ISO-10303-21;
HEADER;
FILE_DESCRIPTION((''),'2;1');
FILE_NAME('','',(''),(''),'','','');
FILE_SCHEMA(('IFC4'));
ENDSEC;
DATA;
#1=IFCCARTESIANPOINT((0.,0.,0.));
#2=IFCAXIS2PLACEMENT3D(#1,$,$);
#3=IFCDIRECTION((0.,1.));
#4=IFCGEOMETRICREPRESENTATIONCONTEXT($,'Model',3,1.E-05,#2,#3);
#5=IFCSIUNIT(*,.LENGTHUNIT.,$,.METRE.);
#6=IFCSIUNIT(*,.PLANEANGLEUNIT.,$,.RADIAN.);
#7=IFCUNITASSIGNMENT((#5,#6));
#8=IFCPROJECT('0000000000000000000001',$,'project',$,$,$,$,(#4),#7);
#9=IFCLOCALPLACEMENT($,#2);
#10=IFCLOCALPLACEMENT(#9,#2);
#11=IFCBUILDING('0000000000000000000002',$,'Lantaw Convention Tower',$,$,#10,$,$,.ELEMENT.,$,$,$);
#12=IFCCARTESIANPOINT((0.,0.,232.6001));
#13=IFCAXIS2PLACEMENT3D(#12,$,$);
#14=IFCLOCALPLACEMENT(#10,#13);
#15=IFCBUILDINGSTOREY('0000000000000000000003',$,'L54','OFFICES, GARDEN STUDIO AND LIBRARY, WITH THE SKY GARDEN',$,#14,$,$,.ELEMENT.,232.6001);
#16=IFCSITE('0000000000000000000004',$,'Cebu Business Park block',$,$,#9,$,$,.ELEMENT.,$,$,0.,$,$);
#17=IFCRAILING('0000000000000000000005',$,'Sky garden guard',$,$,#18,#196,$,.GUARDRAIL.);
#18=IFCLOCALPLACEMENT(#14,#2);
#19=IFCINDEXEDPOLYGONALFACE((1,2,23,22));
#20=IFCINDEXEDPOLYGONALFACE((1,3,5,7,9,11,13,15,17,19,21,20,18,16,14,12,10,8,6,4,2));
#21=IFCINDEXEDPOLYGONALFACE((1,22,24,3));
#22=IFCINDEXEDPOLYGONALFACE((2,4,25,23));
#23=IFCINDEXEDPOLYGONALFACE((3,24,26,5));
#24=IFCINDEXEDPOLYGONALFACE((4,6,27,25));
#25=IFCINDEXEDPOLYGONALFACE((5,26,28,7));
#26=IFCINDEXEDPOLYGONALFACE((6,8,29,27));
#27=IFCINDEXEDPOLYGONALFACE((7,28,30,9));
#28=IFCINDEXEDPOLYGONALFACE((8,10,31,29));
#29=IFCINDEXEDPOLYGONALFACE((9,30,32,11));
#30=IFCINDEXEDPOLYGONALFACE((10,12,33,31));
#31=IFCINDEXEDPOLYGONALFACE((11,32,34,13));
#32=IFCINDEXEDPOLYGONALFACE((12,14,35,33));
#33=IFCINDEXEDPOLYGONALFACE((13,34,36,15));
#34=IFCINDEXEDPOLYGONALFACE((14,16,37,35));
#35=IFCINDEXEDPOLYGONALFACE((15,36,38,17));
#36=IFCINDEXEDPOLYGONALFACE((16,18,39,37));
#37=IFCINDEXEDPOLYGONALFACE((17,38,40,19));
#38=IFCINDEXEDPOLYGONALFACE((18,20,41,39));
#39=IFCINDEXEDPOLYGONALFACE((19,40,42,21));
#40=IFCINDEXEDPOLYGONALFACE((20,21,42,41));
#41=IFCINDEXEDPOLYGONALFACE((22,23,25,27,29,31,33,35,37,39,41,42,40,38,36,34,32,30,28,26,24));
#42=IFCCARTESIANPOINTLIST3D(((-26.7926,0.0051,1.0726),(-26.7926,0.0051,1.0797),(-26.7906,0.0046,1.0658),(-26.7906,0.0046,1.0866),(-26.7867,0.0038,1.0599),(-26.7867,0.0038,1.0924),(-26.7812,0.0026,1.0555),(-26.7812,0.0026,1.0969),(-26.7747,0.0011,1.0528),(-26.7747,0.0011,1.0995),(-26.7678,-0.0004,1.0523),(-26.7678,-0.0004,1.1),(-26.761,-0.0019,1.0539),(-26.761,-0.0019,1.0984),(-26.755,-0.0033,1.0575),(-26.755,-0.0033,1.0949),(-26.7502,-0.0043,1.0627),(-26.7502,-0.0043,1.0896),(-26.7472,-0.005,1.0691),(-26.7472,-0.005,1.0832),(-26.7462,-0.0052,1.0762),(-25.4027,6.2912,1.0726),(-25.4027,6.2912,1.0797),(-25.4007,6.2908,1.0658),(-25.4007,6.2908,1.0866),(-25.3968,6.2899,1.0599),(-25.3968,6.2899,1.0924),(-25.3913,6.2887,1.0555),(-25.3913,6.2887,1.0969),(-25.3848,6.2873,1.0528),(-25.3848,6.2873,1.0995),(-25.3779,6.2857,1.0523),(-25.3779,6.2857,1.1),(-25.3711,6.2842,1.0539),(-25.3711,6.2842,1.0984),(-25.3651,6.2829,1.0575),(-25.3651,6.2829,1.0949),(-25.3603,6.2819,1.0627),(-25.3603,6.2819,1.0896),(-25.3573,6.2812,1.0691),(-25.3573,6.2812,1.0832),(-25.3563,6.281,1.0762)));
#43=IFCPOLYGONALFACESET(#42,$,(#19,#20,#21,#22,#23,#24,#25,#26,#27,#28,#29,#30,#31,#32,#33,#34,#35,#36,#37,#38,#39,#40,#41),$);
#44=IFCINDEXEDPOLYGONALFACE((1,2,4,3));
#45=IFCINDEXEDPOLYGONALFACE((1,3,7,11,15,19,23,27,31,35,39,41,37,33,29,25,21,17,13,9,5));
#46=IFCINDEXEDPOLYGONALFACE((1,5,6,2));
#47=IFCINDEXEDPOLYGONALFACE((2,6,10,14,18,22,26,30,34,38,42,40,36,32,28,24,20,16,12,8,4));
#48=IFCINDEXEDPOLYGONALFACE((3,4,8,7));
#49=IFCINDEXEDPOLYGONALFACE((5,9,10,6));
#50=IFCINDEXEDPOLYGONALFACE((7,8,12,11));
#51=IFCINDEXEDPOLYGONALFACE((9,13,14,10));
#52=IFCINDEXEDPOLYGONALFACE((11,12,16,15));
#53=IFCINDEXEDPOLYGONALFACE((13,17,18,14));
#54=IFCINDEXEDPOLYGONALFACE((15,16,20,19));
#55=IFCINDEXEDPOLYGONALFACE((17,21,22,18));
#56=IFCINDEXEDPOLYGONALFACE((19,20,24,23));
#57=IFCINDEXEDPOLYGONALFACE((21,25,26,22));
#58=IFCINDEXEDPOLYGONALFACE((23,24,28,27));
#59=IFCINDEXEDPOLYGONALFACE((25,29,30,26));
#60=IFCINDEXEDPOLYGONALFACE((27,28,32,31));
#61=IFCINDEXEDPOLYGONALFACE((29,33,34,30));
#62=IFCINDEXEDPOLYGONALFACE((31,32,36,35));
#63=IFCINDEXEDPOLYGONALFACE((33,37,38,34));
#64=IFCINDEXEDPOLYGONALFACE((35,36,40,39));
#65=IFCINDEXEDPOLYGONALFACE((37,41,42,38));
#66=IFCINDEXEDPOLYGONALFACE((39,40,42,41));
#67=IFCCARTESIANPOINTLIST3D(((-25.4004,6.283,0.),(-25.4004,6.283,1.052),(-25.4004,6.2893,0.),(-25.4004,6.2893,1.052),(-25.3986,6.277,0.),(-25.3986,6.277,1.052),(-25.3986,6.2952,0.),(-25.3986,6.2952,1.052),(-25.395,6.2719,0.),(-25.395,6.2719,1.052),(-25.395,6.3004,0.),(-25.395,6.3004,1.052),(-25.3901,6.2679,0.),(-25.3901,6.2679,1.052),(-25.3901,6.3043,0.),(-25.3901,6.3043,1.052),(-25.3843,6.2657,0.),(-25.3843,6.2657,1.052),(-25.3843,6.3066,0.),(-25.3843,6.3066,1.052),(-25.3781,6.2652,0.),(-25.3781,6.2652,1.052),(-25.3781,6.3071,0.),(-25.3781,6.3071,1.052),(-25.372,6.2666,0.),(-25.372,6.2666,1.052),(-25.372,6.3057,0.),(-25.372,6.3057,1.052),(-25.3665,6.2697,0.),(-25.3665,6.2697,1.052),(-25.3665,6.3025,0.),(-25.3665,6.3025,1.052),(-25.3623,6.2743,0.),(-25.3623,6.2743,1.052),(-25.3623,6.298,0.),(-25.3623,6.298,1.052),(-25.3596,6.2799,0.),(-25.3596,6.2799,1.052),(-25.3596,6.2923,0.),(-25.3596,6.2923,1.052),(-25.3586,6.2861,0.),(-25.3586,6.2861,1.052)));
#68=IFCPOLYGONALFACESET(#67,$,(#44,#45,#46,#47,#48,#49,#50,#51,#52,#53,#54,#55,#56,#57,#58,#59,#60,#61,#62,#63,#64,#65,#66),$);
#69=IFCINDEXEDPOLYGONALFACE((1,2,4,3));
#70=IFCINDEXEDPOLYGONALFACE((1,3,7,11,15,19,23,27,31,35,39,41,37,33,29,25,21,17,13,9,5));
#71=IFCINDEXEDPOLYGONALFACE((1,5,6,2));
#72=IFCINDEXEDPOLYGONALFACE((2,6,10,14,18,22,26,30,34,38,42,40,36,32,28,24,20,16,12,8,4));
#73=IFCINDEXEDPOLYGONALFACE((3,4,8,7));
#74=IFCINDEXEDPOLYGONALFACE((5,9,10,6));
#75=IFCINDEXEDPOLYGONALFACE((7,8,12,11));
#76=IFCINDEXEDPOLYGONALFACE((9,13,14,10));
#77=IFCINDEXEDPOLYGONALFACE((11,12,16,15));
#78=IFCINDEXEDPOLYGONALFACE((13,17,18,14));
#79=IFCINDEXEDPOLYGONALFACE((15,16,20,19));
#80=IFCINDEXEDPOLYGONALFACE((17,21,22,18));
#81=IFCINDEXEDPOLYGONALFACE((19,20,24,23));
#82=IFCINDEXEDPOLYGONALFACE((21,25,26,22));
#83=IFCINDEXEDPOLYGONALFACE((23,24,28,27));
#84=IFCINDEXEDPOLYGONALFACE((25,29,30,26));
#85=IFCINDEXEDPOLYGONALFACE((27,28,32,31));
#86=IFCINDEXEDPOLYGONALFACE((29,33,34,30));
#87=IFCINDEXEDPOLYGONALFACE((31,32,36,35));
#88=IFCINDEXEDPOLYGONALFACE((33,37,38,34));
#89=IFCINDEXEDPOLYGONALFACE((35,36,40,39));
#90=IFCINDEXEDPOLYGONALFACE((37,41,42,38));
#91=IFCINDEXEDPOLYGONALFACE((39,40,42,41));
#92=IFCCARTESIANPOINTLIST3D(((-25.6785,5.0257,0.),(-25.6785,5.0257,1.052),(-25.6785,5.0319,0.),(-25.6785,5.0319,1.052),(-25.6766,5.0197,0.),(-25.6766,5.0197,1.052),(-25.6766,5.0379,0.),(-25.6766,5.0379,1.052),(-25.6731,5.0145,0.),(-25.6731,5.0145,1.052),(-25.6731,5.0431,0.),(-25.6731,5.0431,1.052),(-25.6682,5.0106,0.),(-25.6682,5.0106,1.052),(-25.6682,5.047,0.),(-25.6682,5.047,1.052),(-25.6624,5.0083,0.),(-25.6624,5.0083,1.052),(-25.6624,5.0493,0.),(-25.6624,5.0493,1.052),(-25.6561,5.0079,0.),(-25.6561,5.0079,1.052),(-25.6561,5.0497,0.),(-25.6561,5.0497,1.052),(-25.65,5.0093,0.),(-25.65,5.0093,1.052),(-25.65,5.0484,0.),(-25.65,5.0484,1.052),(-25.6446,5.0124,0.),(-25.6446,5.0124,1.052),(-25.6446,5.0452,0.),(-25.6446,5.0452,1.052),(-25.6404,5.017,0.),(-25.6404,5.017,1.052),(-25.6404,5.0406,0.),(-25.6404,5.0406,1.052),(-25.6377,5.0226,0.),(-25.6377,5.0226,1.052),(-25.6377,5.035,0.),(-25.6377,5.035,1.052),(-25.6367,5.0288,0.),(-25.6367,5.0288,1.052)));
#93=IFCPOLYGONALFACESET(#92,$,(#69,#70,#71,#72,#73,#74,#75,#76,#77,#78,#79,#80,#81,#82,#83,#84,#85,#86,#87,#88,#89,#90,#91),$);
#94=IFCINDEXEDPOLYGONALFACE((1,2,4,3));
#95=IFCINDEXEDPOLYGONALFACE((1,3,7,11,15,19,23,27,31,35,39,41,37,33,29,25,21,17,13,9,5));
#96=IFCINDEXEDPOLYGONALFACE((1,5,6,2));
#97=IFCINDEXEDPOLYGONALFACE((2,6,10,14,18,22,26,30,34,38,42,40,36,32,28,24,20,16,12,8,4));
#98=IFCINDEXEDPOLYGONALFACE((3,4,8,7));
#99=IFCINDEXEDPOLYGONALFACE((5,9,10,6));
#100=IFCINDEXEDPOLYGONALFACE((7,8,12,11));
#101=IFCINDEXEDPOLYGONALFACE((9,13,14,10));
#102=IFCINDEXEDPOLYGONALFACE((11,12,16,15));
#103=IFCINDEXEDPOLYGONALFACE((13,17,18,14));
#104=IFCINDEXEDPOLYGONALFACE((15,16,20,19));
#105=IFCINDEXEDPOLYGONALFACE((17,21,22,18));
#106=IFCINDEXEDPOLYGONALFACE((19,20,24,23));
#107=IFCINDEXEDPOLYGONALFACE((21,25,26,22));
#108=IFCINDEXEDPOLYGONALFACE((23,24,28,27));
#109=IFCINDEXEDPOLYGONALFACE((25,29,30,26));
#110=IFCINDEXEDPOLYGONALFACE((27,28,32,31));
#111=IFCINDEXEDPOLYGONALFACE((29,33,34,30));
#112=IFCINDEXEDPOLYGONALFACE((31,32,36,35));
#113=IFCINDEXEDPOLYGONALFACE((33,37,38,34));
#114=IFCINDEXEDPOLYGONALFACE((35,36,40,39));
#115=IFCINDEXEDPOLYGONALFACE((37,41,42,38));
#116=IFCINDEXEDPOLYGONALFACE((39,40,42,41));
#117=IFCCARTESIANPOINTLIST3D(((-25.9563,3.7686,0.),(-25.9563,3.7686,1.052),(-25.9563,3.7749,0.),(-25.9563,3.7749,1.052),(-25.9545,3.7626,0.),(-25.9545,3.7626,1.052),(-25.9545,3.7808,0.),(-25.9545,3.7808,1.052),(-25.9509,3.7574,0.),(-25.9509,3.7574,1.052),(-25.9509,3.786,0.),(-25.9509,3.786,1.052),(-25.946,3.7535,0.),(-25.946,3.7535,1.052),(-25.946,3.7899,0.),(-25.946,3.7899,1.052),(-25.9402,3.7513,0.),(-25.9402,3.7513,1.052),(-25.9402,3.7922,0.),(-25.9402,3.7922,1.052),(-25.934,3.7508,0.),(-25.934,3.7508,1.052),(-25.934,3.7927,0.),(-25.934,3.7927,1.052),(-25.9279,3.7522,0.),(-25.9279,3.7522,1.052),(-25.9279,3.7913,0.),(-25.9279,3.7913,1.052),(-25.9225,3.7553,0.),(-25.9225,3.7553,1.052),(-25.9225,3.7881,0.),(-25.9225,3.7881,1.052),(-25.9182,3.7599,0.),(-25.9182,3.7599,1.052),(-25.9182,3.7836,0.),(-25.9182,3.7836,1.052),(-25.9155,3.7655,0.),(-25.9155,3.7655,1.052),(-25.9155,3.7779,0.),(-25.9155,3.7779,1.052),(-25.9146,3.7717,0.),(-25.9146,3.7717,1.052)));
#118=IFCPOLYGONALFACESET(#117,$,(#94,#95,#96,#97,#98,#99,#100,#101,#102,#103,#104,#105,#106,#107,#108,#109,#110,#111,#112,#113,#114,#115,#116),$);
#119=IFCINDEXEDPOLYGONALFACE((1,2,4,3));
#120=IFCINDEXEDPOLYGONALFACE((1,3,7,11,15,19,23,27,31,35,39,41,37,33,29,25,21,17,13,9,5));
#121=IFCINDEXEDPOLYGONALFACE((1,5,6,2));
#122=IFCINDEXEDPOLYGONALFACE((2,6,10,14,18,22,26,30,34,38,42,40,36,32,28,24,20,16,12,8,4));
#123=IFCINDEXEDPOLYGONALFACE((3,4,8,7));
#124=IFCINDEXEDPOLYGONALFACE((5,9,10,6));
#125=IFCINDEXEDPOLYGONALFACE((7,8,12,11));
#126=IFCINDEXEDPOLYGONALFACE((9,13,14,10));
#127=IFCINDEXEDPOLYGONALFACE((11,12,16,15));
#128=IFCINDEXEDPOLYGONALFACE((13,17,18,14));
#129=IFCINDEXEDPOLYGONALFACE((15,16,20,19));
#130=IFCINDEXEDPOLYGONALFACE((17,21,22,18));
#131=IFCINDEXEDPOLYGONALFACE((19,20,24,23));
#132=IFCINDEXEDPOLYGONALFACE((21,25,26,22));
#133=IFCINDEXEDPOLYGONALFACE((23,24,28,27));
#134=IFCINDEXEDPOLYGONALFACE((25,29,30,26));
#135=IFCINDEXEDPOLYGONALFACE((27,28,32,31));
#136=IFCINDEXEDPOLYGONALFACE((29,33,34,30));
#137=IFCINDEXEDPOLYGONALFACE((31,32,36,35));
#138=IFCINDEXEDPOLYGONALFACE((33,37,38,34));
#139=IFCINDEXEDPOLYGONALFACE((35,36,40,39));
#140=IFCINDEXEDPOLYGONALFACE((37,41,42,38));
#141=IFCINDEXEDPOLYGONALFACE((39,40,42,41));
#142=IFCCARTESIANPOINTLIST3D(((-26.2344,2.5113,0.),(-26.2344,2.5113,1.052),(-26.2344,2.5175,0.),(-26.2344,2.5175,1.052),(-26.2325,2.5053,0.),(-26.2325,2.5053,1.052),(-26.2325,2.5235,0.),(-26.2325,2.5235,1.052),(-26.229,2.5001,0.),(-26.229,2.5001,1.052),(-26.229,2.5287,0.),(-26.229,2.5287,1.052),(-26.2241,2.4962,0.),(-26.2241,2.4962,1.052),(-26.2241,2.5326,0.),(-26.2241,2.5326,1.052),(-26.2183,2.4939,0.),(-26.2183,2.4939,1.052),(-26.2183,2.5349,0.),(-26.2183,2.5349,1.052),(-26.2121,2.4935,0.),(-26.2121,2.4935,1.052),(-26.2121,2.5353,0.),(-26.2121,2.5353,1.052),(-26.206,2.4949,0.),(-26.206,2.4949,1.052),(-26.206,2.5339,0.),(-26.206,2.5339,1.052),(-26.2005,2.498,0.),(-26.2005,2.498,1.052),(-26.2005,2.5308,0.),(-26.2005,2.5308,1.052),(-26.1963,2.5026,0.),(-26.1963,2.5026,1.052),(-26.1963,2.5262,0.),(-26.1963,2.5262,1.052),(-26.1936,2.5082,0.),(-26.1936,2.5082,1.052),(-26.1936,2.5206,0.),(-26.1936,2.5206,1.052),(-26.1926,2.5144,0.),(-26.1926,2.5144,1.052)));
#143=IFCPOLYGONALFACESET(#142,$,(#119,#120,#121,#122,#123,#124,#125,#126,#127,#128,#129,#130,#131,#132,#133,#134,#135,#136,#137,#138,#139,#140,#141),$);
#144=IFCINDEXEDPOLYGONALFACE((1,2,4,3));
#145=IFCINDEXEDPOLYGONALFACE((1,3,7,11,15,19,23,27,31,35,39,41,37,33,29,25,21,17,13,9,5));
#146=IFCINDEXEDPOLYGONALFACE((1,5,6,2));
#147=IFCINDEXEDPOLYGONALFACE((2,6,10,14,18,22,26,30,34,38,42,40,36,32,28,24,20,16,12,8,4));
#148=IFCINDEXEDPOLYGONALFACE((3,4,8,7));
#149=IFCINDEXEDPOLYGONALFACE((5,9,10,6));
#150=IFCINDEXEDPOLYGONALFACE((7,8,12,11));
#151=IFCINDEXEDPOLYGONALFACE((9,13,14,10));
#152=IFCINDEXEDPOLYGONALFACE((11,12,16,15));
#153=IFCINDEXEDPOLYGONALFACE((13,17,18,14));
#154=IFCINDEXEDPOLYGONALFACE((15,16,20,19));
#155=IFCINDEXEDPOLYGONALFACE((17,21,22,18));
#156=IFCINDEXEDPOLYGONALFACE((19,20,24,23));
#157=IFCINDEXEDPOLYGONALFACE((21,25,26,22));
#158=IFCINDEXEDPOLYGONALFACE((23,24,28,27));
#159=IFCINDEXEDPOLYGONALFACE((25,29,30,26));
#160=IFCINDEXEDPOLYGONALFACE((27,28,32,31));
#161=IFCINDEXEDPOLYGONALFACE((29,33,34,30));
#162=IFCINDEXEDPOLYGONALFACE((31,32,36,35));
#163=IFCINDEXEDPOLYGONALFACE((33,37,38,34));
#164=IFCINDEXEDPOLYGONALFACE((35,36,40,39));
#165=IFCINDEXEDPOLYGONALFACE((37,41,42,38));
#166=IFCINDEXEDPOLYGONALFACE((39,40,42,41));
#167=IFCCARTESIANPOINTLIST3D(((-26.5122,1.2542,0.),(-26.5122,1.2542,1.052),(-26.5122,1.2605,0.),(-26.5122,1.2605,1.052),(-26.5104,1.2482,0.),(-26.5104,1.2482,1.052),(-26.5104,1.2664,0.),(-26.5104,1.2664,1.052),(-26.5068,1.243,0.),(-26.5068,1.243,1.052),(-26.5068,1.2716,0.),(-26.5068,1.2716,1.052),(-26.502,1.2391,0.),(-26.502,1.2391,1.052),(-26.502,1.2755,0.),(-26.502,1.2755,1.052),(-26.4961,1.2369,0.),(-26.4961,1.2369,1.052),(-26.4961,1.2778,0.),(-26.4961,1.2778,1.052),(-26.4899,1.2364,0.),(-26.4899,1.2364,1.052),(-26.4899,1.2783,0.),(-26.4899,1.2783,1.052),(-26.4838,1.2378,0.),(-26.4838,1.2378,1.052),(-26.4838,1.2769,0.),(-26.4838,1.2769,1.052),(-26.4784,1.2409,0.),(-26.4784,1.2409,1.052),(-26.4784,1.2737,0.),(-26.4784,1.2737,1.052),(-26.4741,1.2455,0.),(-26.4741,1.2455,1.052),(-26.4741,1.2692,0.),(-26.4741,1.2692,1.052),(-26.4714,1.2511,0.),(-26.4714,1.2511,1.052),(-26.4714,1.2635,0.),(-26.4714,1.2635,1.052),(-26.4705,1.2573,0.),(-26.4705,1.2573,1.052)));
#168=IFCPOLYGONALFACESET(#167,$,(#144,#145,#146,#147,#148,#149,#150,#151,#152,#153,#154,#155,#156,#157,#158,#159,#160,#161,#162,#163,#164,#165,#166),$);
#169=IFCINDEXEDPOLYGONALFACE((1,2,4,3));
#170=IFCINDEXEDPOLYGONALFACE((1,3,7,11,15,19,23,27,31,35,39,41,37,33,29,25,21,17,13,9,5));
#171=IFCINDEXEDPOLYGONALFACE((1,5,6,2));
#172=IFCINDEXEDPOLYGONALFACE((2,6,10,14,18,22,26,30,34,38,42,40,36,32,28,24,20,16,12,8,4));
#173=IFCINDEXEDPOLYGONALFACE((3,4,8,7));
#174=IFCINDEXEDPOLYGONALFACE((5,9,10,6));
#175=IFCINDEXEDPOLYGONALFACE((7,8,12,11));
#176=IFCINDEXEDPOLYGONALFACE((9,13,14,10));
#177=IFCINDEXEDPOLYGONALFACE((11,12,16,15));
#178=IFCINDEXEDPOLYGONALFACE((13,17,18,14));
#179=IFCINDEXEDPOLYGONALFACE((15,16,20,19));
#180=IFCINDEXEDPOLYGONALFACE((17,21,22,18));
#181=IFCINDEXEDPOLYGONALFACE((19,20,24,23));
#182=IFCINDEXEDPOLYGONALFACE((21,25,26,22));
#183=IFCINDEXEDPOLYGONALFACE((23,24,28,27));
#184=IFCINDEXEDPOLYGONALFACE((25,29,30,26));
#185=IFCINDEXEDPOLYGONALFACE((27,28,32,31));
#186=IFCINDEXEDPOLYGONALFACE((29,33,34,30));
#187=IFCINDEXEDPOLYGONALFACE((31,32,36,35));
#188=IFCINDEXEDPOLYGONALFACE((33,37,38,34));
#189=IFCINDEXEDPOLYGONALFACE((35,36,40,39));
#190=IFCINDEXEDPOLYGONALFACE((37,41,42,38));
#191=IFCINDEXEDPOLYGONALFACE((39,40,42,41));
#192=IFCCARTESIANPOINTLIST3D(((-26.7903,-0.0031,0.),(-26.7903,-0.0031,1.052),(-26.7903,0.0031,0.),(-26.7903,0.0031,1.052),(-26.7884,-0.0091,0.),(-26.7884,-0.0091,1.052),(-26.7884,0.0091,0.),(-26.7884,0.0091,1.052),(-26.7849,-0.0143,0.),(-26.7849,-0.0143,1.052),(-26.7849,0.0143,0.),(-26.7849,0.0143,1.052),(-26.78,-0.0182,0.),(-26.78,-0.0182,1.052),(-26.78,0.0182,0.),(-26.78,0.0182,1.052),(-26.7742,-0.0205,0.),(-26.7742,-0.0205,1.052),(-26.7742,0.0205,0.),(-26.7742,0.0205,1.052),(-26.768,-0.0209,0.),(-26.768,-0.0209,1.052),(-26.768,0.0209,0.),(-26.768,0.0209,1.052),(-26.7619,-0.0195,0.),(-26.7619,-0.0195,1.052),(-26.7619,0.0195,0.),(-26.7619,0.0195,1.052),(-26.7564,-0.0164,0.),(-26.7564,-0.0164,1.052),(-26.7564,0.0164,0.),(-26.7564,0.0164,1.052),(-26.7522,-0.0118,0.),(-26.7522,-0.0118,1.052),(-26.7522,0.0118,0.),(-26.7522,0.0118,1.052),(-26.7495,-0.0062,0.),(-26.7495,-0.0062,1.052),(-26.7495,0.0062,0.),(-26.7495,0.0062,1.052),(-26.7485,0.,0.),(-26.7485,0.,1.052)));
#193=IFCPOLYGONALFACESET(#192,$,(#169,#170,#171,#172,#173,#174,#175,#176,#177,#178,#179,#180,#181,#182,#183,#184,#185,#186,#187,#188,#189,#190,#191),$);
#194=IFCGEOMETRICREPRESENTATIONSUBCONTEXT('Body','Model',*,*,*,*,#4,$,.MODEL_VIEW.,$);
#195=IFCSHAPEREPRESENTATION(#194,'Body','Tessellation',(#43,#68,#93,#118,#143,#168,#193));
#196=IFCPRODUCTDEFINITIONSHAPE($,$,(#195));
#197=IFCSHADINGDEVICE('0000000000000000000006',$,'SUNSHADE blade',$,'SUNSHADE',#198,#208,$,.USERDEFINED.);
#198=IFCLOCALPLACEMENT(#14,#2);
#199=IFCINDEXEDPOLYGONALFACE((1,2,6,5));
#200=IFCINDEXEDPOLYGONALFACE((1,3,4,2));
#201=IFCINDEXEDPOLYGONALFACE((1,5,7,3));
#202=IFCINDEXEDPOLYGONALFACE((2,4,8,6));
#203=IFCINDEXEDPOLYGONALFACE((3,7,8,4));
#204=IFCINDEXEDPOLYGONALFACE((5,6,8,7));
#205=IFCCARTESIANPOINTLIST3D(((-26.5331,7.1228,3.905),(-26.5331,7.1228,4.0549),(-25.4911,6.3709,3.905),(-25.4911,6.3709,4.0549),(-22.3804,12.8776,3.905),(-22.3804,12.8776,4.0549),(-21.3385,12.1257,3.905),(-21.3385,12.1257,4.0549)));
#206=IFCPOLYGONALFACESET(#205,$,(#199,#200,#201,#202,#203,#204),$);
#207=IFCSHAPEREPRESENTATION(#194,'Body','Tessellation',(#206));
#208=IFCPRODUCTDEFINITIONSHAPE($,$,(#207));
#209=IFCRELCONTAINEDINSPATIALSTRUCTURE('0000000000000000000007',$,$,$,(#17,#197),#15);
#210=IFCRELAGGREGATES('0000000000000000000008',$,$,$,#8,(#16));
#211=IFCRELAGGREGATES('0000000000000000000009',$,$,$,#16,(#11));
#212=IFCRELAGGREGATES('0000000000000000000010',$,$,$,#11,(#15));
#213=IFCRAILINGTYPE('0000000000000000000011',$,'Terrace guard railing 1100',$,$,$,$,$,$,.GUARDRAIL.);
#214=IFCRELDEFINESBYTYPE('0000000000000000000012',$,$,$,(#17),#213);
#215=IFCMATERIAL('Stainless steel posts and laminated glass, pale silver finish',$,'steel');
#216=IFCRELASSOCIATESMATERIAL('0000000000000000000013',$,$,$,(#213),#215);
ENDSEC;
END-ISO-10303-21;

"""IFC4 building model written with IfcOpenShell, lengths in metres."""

from ifc_helpers import new_model, si_unit, direction, frame, origin, origin_2d, place, context, subcontext, project, spatial, rectangle, circle, extrude, material, type_object, element, save


model = new_model("IFC4")

# Units and contexts
model_context = context("Model", 3, precision=1e-05, world=origin(), true_north=direction((0.0, 1.0)))
body_context = subcontext(model_context, "Body", "Model", "MODEL_VIEW")
ifc_project = project(units=[si_unit("LENGTHUNIT", "METRE"), si_unit("PLANEANGLEUNIT", "RADIAN")], contexts=[model_context])

# Site, building, storey
site_placement = place(None, origin())
site = spatial("IfcSite", under=ifc_project, at=site_placement, Name="Cebu Business Park block", CompositionType="ELEMENT", RefElevation=0.0)
building_placement = place(site_placement, origin())
building = spatial("IfcBuilding", under=site, at=building_placement, Name="Lantaw Convention Tower", CompositionType="ELEMENT")
storey_placement = place(building_placement, frame((0.0, 0.0, 232.6001)))
storey = spatial("IfcBuildingStorey", under=building, at=storey_placement, Name="L54", Description="OFFICES, GARDEN STUDIO AND LIBRARY, WITH THE SKY GARDEN", CompositionType="ELEMENT", Elevation=232.6001)

# Railing
ifc_material_1 = material(Name="Stainless steel posts and laminated glass, pale silver finish", Category="steel")
railing_type = type_object("IfcRailingType", Name="Terrace guard railing 1100", PredefinedType="GUARDRAIL", material=ifc_material_1)
railing_placement = place(storey_placement, frame((-25.3796, 6.2861, 0.0)))
element("IfcRailing", 1, at=railing_placement, inside=storey, type_object=railing_type, Name="Sky garden guard", PredefinedType="GUARDRAIL", context=body_context, shape_type="SweptSolid", body=[
    extrude(circle(Radius=0.0239, at=origin_2d()), frame((0.0, 0.0, 1.0762), z_axis=(-0.21589, -0.976418, 0.0), x_axis=(0.976418, -0.21589, 0.0)), (0.0, 0.0, 1.0), 6.438),
    extrude(circle(Radius=0.021, at=origin_2d()), origin(), (0.0, 0.0, 1.0), 1.052),
    extrude(circle(Radius=0.021, at=origin_2d()), frame((-0.2781, -1.2573, 0.0)), (0.0, 0.0, 1.0), 1.052),
    extrude(circle(Radius=0.021, at=origin_2d()), frame((-0.5559, -2.5144, 0.0)), (0.0, 0.0, 1.0), 1.052),
    extrude(circle(Radius=0.021, at=origin_2d()), frame((-0.834, -3.7717, 0.0)), (0.0, 0.0, 1.0), 1.052),
    extrude(circle(Radius=0.021, at=origin_2d()), frame((-1.1118, -5.0288, 0.0)), (0.0, 0.0, 1.0), 1.052),
    extrude(circle(Radius=0.021, at=origin_2d()), frame((-1.3899, -6.2861, 0.0)), (0.0, 0.0, 1.0), 1.052),
])

# Shading device
shading_device_1_placement = place(storey_placement, frame((-23.9358, 9.6243, 3.905), z_axis=(0.0, 0.0, 1.0), x_axis=(-0.585158, -0.81092, 0.0)))
element("IfcShadingDevice", 2, at=shading_device_1_placement, inside=storey, Name="SUNSHADE blade", ObjectType="SUNSHADE", PredefinedType="USERDEFINED", context=body_context, shape_type="SweptSolid", body=[
    extrude(rectangle(XDim=7.0967, YDim=1.2849, at=origin_2d()), origin(), (0.0, 0.0, 1.0), 0.1499),
])

save(model, "model.ifc")
